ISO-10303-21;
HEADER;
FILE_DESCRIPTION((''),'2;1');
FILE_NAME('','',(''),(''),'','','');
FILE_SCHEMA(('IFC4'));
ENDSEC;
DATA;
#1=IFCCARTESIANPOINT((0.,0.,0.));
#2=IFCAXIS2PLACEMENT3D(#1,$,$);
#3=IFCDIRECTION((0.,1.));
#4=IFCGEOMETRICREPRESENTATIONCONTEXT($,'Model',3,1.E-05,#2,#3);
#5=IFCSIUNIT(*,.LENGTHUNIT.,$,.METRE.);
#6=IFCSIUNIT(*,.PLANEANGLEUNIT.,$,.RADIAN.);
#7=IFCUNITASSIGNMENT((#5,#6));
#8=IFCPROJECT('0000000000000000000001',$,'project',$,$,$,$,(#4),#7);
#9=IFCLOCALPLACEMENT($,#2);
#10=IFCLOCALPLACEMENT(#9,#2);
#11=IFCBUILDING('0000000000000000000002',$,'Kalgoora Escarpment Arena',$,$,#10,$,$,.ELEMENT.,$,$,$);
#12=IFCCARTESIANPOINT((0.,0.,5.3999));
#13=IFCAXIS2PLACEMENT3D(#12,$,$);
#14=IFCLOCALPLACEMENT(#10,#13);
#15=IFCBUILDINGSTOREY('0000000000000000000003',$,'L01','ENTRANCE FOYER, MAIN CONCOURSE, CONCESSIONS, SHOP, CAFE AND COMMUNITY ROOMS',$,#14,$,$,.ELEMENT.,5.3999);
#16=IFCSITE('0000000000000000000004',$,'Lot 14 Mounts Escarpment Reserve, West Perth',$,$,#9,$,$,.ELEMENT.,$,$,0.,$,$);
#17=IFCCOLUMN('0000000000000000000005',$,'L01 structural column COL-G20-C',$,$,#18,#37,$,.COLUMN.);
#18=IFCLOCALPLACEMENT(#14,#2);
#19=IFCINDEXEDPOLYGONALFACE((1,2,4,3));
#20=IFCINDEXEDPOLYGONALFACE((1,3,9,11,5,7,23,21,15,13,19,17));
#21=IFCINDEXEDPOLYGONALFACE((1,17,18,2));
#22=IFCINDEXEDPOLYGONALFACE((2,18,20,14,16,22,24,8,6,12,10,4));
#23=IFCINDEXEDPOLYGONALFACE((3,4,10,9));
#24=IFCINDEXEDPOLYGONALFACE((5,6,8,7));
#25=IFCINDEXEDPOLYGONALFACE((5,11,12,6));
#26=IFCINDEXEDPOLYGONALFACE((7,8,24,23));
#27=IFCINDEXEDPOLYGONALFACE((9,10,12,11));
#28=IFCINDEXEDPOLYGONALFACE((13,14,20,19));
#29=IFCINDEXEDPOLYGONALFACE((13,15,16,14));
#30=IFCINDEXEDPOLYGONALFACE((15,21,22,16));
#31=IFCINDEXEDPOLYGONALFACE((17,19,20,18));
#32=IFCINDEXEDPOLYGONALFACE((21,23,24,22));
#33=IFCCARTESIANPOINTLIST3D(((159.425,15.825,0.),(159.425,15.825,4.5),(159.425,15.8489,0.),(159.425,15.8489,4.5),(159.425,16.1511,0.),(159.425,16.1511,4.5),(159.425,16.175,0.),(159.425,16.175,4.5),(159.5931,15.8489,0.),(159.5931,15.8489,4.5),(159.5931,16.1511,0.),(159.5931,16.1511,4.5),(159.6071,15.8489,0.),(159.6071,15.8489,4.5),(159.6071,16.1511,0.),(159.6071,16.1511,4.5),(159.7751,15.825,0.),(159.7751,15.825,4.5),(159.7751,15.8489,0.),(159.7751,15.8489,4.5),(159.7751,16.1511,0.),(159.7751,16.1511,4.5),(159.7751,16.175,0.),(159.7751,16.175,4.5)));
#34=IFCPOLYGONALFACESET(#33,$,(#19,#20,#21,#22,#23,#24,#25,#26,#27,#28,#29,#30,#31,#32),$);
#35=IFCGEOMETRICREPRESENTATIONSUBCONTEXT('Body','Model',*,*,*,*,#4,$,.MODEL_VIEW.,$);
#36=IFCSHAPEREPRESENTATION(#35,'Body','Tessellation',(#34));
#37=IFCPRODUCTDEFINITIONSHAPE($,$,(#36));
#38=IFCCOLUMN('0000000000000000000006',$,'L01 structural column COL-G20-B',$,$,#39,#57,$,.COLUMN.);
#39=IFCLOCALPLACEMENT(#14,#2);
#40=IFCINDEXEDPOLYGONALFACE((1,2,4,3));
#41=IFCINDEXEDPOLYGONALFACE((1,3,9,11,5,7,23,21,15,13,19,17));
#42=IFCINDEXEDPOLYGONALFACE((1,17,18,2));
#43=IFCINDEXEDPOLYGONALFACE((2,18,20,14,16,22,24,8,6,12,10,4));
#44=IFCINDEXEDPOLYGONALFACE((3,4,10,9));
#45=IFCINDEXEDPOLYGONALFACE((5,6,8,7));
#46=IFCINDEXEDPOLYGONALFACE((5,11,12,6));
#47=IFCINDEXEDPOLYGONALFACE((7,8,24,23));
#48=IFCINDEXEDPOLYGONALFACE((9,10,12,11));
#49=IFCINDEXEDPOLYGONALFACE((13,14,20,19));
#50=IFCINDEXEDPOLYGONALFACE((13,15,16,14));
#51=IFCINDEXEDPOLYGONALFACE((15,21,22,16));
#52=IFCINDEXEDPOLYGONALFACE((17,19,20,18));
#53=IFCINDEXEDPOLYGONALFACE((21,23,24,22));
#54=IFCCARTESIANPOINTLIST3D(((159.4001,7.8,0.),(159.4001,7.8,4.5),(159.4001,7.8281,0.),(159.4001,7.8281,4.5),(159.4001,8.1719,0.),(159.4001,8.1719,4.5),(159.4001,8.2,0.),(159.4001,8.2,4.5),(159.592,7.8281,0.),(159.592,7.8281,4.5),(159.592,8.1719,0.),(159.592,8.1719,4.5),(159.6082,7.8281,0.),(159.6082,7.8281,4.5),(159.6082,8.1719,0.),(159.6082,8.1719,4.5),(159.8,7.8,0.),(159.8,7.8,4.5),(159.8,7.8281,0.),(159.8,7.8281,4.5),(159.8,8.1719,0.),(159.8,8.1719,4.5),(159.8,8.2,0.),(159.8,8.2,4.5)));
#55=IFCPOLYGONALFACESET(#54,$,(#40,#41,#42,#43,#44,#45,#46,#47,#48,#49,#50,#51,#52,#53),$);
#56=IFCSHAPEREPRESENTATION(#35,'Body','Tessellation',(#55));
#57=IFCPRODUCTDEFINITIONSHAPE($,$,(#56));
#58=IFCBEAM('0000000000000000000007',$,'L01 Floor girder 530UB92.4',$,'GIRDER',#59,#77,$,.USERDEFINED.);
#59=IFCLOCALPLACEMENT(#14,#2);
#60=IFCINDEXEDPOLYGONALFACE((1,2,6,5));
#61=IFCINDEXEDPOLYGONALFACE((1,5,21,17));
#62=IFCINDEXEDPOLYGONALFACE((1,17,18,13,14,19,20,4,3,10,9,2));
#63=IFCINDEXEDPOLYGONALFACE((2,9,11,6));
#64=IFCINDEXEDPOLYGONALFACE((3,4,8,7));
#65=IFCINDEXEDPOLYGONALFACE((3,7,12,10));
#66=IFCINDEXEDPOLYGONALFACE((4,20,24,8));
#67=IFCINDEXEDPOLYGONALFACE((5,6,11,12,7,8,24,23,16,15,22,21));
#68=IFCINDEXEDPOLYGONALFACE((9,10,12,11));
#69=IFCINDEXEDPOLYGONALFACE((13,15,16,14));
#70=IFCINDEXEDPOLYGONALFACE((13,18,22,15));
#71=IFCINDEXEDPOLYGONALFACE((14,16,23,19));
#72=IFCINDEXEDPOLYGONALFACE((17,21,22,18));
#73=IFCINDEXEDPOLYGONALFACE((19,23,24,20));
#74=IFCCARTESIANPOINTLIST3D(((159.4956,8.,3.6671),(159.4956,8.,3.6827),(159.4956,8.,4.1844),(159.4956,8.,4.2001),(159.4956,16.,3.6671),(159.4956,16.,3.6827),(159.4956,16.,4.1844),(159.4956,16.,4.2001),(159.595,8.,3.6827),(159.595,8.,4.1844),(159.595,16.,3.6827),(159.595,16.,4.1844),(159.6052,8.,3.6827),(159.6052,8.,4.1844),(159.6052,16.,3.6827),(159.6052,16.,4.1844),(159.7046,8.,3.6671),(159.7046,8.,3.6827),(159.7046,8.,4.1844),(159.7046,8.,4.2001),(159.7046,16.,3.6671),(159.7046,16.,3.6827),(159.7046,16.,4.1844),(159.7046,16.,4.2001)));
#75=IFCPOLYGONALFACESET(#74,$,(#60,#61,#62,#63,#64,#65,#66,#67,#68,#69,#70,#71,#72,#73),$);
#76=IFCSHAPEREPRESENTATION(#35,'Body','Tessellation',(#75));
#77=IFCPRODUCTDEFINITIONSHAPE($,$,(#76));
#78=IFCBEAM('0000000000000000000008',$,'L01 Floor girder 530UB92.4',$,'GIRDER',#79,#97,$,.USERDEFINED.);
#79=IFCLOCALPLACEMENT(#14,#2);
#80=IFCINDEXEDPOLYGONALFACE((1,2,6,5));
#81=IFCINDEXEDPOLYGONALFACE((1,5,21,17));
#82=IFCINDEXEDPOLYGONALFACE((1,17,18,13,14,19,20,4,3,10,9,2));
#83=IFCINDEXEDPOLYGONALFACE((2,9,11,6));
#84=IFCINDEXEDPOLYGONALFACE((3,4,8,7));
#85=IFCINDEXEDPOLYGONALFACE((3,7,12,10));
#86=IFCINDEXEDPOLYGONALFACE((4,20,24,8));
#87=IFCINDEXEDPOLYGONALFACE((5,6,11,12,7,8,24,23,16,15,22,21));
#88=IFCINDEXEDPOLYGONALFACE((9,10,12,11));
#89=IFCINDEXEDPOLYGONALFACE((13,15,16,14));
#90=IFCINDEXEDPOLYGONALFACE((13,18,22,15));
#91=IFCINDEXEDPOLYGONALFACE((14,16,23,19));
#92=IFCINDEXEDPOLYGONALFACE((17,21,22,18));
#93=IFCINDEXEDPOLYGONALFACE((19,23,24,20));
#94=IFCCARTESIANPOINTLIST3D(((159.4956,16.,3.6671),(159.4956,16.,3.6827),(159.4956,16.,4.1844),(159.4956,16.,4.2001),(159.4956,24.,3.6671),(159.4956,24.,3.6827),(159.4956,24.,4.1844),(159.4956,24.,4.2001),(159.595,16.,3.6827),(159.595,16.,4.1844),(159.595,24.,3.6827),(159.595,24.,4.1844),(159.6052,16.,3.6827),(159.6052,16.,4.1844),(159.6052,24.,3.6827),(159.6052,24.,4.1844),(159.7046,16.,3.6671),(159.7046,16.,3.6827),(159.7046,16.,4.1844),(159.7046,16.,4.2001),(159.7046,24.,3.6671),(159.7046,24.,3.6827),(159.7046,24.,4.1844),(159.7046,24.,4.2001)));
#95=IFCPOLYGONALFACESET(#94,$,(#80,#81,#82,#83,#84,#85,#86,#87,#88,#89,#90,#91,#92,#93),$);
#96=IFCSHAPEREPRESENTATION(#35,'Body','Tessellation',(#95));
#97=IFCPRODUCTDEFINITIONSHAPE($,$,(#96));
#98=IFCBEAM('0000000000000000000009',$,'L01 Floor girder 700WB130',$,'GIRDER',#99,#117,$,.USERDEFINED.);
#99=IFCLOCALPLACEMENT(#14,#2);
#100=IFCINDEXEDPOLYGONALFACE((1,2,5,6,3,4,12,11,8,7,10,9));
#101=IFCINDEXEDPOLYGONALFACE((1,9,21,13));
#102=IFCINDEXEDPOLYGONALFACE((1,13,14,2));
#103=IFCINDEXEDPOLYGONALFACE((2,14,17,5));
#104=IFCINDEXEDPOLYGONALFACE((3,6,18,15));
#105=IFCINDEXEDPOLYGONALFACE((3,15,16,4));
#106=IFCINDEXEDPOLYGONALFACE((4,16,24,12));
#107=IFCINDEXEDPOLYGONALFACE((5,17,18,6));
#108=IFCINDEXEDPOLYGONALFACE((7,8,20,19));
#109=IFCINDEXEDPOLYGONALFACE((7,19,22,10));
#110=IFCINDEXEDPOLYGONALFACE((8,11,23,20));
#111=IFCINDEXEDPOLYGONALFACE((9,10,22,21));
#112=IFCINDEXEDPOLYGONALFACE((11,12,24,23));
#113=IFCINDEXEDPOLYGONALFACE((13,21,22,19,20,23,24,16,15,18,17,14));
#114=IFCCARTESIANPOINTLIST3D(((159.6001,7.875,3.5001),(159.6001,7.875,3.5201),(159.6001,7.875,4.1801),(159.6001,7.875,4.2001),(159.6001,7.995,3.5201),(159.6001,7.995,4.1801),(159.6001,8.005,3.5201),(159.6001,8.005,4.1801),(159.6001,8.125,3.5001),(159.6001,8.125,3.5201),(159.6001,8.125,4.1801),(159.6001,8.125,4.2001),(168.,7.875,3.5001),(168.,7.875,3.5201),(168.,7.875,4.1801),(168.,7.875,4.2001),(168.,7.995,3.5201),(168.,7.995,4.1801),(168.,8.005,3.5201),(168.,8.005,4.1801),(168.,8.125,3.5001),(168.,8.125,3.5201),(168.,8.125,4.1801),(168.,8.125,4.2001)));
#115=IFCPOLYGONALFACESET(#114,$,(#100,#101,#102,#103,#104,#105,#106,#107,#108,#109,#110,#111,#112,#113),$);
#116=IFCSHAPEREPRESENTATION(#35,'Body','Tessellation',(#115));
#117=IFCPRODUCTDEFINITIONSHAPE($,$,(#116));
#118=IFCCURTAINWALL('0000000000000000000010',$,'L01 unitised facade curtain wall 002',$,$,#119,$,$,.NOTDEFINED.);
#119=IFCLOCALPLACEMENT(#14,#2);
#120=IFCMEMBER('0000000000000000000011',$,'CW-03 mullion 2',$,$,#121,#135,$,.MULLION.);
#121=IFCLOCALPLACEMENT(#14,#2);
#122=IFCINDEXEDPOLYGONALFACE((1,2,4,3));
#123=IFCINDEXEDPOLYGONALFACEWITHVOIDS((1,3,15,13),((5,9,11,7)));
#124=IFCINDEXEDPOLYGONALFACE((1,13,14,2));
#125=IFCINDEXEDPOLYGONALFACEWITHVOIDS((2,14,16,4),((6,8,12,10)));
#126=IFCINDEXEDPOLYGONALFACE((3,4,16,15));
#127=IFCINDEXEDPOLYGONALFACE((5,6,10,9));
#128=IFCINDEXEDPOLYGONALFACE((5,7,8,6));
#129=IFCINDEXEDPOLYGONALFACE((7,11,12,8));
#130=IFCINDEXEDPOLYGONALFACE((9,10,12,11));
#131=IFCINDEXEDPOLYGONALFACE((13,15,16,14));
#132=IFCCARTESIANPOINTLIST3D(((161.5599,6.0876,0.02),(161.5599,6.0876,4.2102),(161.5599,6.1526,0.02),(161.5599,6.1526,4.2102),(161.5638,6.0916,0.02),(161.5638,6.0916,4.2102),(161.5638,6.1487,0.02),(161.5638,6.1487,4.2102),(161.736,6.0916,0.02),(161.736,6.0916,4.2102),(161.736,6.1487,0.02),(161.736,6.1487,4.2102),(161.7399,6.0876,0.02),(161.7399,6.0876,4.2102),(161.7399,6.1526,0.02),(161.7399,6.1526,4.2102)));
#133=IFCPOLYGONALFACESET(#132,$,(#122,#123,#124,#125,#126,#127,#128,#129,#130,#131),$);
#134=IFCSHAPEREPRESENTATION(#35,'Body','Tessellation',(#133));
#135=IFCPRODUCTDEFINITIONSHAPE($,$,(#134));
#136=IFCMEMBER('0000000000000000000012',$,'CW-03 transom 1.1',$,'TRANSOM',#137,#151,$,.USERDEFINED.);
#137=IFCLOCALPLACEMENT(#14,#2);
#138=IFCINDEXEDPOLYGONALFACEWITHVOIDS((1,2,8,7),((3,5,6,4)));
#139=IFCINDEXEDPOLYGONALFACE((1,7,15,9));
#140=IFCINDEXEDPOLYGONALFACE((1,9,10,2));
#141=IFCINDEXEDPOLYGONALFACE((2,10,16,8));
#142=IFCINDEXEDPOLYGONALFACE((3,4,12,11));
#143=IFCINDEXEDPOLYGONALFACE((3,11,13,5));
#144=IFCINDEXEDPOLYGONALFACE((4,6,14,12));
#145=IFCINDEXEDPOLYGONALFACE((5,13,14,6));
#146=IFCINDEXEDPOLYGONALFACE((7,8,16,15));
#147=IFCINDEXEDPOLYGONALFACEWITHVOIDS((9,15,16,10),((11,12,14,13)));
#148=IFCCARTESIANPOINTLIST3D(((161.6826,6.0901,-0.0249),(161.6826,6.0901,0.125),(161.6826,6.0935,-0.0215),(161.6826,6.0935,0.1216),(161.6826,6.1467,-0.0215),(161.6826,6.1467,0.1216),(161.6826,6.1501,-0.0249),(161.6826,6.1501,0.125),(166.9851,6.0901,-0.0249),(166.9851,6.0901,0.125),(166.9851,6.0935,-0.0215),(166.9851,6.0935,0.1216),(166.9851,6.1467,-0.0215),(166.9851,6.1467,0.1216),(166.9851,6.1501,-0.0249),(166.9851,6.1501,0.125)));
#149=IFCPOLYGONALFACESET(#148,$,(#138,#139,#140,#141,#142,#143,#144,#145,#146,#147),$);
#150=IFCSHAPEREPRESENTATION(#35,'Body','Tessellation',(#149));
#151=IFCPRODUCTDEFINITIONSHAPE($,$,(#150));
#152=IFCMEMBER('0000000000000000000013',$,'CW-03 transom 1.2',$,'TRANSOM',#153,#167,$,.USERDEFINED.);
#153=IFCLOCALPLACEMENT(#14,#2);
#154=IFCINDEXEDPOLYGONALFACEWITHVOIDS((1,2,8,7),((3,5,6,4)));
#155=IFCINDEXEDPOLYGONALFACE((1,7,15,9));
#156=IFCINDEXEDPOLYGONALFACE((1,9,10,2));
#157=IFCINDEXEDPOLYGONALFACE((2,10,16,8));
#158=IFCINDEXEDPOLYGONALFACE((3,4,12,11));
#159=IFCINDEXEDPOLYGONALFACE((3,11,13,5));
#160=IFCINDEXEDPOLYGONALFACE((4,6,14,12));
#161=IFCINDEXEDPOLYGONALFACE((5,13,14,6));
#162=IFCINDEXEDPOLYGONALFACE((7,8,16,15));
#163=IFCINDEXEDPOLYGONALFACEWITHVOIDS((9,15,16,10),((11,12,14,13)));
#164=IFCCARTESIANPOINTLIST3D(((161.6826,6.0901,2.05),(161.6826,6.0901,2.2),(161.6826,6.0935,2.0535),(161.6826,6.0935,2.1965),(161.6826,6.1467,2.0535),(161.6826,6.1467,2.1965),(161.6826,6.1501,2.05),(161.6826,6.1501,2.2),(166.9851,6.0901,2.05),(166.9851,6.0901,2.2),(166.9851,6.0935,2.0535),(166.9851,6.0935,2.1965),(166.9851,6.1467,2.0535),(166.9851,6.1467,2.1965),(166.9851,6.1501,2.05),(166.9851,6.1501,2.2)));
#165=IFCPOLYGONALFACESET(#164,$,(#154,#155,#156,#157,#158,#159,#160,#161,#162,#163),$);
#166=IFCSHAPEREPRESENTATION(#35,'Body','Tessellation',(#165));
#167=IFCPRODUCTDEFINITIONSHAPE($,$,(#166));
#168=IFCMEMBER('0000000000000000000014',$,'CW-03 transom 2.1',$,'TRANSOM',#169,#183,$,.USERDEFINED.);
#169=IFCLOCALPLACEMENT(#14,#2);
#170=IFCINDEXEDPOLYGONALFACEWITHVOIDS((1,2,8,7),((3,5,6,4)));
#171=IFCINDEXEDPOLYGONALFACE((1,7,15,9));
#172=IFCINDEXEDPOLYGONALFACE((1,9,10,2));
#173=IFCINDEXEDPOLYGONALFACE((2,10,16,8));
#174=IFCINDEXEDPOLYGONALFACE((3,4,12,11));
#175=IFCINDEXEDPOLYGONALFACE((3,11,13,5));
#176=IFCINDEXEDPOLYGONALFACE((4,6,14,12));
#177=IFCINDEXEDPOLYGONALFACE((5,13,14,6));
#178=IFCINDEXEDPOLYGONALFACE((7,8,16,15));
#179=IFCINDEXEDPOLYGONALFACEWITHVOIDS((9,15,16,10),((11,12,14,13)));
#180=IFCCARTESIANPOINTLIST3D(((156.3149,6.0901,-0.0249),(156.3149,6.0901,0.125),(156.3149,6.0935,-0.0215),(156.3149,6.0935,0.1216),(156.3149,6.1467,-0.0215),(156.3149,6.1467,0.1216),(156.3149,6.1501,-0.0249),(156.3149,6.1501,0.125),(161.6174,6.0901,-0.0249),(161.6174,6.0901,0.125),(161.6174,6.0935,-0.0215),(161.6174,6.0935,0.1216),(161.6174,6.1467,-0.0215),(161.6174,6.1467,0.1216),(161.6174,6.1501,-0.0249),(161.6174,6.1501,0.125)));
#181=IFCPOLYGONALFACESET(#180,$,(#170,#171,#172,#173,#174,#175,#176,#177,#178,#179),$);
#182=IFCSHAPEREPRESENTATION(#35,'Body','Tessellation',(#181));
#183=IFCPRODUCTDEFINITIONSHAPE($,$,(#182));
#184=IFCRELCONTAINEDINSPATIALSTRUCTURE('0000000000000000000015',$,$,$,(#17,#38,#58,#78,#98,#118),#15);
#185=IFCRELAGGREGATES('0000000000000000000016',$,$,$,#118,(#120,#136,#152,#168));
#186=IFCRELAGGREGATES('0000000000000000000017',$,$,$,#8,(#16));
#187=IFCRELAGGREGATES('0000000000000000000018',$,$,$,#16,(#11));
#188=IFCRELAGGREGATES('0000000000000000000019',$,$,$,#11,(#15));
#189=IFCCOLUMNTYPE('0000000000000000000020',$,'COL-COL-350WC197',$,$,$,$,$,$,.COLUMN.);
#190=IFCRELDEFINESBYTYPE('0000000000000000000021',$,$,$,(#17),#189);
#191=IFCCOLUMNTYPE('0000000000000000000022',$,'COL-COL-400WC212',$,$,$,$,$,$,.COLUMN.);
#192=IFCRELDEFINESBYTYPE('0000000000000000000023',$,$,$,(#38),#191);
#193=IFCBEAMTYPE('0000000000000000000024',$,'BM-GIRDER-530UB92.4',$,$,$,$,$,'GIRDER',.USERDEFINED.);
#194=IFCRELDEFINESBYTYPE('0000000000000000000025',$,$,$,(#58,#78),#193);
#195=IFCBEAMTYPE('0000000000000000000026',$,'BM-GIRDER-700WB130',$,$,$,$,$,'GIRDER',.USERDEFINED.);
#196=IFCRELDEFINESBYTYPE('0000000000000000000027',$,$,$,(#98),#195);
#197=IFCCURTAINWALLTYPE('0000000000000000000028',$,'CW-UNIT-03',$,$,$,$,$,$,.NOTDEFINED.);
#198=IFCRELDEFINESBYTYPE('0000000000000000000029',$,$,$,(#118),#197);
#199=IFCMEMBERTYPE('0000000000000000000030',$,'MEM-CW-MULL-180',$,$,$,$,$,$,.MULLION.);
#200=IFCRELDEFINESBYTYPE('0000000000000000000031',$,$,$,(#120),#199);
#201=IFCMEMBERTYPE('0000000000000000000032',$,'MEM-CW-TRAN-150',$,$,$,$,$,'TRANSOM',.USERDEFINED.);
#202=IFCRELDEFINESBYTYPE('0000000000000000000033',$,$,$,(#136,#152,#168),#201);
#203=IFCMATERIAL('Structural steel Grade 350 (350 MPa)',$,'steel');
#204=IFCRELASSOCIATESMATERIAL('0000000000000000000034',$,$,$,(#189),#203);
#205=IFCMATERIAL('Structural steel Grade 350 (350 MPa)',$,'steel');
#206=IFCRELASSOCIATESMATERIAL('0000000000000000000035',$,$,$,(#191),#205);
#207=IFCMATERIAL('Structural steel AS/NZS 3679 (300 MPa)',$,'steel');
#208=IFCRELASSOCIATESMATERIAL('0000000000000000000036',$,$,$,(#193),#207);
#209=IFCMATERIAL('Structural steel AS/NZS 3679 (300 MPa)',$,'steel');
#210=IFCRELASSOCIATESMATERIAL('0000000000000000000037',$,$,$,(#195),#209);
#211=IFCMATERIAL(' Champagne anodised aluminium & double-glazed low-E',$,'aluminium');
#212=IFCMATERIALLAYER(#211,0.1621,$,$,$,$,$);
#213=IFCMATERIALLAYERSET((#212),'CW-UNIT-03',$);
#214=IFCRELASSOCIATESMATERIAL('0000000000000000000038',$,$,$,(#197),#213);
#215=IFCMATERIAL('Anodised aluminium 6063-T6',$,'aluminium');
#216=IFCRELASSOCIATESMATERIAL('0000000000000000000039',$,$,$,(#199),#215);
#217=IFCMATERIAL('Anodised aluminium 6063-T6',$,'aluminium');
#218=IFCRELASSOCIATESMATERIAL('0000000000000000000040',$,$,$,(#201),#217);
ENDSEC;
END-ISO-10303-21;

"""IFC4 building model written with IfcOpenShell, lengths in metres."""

from ifc_helpers import new_model, si_unit, direction, frame, origin, origin_2d, place, context, subcontext, project, spatial, hollow_rectangle, i_section, extrude, material, layer, layer_set, material_profile, profile_set, type_object, element, aggregate, save


model = new_model("IFC4")

# Units and contexts
model_context = context("Model", 3, precision=1e-05, world=origin(), true_north=direction((0.0, 1.0)))
body_context = subcontext(model_context, "Body", "Model", "MODEL_VIEW")
ifc_project = project(units=[si_unit("LENGTHUNIT", "METRE"), si_unit("PLANEANGLEUNIT", "RADIAN")], contexts=[model_context])

# Site, building, storey
site_placement = place(None, origin())
site = spatial("IfcSite", under=ifc_project, at=site_placement, Name="Lot 14 Mounts Escarpment Reserve, West Perth", CompositionType="ELEMENT", RefElevation=0.0)
building_placement = place(site_placement, origin())
building = spatial("IfcBuilding", under=site, at=building_placement, Name="Kalgoora Escarpment Arena", CompositionType="ELEMENT")
storey_placement = place(building_placement, frame((0.0, 0.0, 5.3999)))
storey = spatial("IfcBuildingStorey", under=building, at=storey_placement, Name="L01", Description="ENTRANCE FOYER, MAIN CONCOURSE, CONCESSIONS, SHOP, CAFE AND COMMUNITY ROOMS", CompositionType="ELEMENT", Elevation=5.3999)

# Columns
ifc_material_1 = material(Name="Structural steel Grade 350 (350 MPa)", Category="steel")
ifc_material_profile_1 = material_profile(ifc_material_1, i_section(OverallWidth=0.3501, OverallDepth=0.3501, WebThickness=0.0139, FlangeThickness=0.0239, at=origin_2d()))
ifc_profile_set_1 = profile_set([ifc_material_profile_1], Name="Structural steel Grade 350 (350 MPa)")
column_type_1 = type_object("IfcColumnType", Name="COL-COL-350WC197", PredefinedType="COLUMN", material=ifc_profile_set_1)
column_1_placement = place(storey_placement, frame((159.6001, 16.0, 0.0), z_axis=(0.0, 0.0, 1.0), x_axis=(1.0, 0.0, 0.0)))
element("IfcColumn", 1, at=column_1_placement, inside=storey, type_object=column_type_1, Name="L01 structural column COL-G20-C", PredefinedType="COLUMN", context=body_context, shape_type="SweptSolid", body=[
    extrude(i_section(OverallWidth=0.3501, OverallDepth=0.3501, WebThickness=0.0139, FlangeThickness=0.0239, at=origin_2d()), origin(), (0.0, 0.0, 1.0), 4.5),
])
ifc_material_2 = material(Name="Structural steel Grade 350 (350 MPa)", Category="steel")
ifc_material_profile_2 = material_profile(ifc_material_2, i_section(OverallWidth=0.3999, OverallDepth=0.3999, WebThickness=0.0161, FlangeThickness=0.0281, at=origin_2d()))
ifc_profile_set_2 = profile_set([ifc_material_profile_2], Name="Structural steel Grade 350 (350 MPa)")
column_type_2 = type_object("IfcColumnType", Name="COL-COL-400WC212", PredefinedType="COLUMN", material=ifc_profile_set_2)
column_2_placement = place(storey_placement, frame((159.6001, 8.0, 0.0), z_axis=(0.0, 0.0, 1.0), x_axis=(1.0, 0.0, 0.0)))
element("IfcColumn", 2, at=column_2_placement, inside=storey, type_object=column_type_2, Name="L01 structural column COL-G20-B", PredefinedType="COLUMN", context=body_context, shape_type="SweptSolid", body=[
    extrude(i_section(OverallWidth=0.3999, OverallDepth=0.3999, WebThickness=0.0161, FlangeThickness=0.0281, at=origin_2d()), origin(), (0.0, 0.0, 1.0), 4.5),
])

# Beams
ifc_material_3 = material(Name="Structural steel AS/NZS 3679 (300 MPa)", Category="steel")
ifc_material_profile_3 = material_profile(ifc_material_3, i_section(OverallWidth=0.209, OverallDepth=0.533, WebThickness=0.0103, FlangeThickness=0.0156, at=origin_2d()))
ifc_profile_set_3 = profile_set([ifc_material_profile_3], Name="Structural steel AS/NZS 3679 (300 MPa)")
beam_type_1 = type_object("IfcBeamType", Name="BM-GIRDER-530UB92.4", ElementType="GIRDER", PredefinedType="USERDEFINED", material=ifc_profile_set_3)
for number, where, z_axis, x_axis, name in (
    (3, (159.6001, 8.0, 3.9336), (0.0, 1.0, 0.0), (-1.0, 0.0, 0.0), "L01 Floor girder 530UB92.4"),
    (4, (159.6001, 16.0, 3.9336), (0.0, 1.0, 0.0), (-1.0, 0.0, 0.0), "L01 Floor girder 530UB92.4"),
):
    element("IfcBeam", number, at=place(storey_placement, frame(where, z_axis=z_axis, x_axis=x_axis)), inside=storey, type_object=beam_type_1, Name=name, ObjectType="GIRDER", PredefinedType="USERDEFINED", context=body_context, shape_type="SweptSolid", body=[
        extrude(i_section(OverallWidth=0.209, OverallDepth=0.533, WebThickness=0.0103, FlangeThickness=0.0156, at=origin_2d()), origin(), (0.0, 0.0, 1.0), 8.0),
    ])
ifc_material_4 = material(Name="Structural steel AS/NZS 3679 (300 MPa)", Category="steel")
ifc_material_profile_4 = material_profile(ifc_material_4, i_section(OverallWidth=0.25, OverallDepth=0.7, WebThickness=0.01, FlangeThickness=0.02, at=origin_2d()))
ifc_profile_set_4 = profile_set([ifc_material_profile_4], Name="Structural steel AS/NZS 3679 (300 MPa)")
beam_type_2 = type_object("IfcBeamType", Name="BM-GIRDER-700WB130", ElementType="GIRDER", PredefinedType="USERDEFINED", material=ifc_profile_set_4)
beam_placement = place(storey_placement, frame((159.6001, 8.0, 3.8501), z_axis=(1.0, 0.0, 0.0), x_axis=(0.0, 1.0, 0.0)))
element("IfcBeam", 5, at=beam_placement, inside=storey, type_object=beam_type_2, Name="L01 Floor girder 700WB130", ObjectType="GIRDER", PredefinedType="USERDEFINED", context=body_context, shape_type="SweptSolid", body=[
    extrude(i_section(OverallWidth=0.25, OverallDepth=0.7, WebThickness=0.01, FlangeThickness=0.02, at=origin_2d()), origin(), (0.0, 0.0, 1.0), 8.3999),
])

# Curtain wall, members
ifc_material_5 = material(Name=" Champagne anodised aluminium & double-glazed low-E", Category="aluminium")
ifc_layer_1 = layer(ifc_material_5, 0.1621)
ifc_layer_set_1 = layer_set([ifc_layer_1], Name="CW-UNIT-03")
curtain_wall_type = type_object("IfcCurtainWallType", Name="CW-UNIT-03", PredefinedType="NOTDEFINED", material=ifc_layer_set_1)
curtain_wall_placement = place(storey_placement, origin())
curtain_wall = element("IfcCurtainWall", 6, at=curtain_wall_placement, inside=storey, type_object=curtain_wall_type, Name="L01 unitised facade curtain wall 002", PredefinedType="NOTDEFINED")
ifc_material_6 = material(Name="Anodised aluminium 6063-T6", Category="aluminium")
ifc_material_profile_5 = material_profile(ifc_material_6, hollow_rectangle(XDim=0.0649, YDim=0.1799, WallThickness=0.0039, at=origin_2d()))
ifc_profile_set_5 = profile_set([ifc_material_profile_5], Name="Anodised aluminium 6063-T6")
member_type_1 = type_object("IfcMemberType", Name="MEM-CW-MULL-180", PredefinedType="MULLION", material=ifc_profile_set_5)
member_1_placement = place(storey_placement, frame((161.6499, 6.1201, 0.02), z_axis=(0.0, 0.0, 1.0), x_axis=(0.0, -1.0, 0.0)))
member_1 = element("IfcMember", 7, at=member_1_placement, type_object=member_type_1, Name="CW-03 mullion 2", PredefinedType="MULLION", context=body_context, shape_type="SweptSolid", body=[
    extrude(hollow_rectangle(XDim=0.0649, YDim=0.1799, WallThickness=0.0039, at=origin_2d()), origin(), (0.0, 0.0, 1.0), 4.1902),
])
ifc_material_7 = material(Name="Anodised aluminium 6063-T6", Category="aluminium")
ifc_material_profile_6 = material_profile(ifc_material_7, hollow_rectangle(XDim=0.0601, YDim=0.1499, WallThickness=0.0034, at=origin_2d()))
ifc_profile_set_6 = profile_set([ifc_material_profile_6], Name="Anodised aluminium 6063-T6")
member_type_2 = type_object("IfcMemberType", Name="MEM-CW-TRAN-150", ElementType="TRANSOM", PredefinedType="USERDEFINED", material=ifc_profile_set_6)
member_2_placement = place(storey_placement, frame((166.9851, 6.1201, 0.05), z_axis=(-1.0, 0.0, 0.0), x_axis=(0.0, -1.0, 0.0)))
member_2 = element("IfcMember", 8, at=member_2_placement, type_object=member_type_2, Name="CW-03 transom 1.1", ObjectType="TRANSOM", PredefinedType="USERDEFINED", context=body_context, shape_type="SweptSolid", body=[
    extrude(hollow_rectangle(XDim=0.0601, YDim=0.1499, WallThickness=0.0034, at=origin_2d()), origin(), (0.0, 0.0, 1.0), 5.3025),
])
member_3_placement = place(storey_placement, frame((166.9851, 6.1201, 2.125), z_axis=(-1.0, 0.0, 0.0), x_axis=(0.0, -1.0, 0.0)))
member_3 = element("IfcMember", 9, at=member_3_placement, type_object=member_type_2, Name="CW-03 transom 1.2", ObjectType="TRANSOM", PredefinedType="USERDEFINED", context=body_context, shape_type="SweptSolid", body=[
    extrude(hollow_rectangle(XDim=0.0601, YDim=0.1499, WallThickness=0.0034, at=origin_2d()), origin(), (0.0, 0.0, 1.0), 5.3025),
])
member_4_placement = place(storey_placement, frame((161.6174, 6.1201, 0.05), z_axis=(-1.0, 0.0, 0.0), x_axis=(0.0, -1.0, 0.0)))
member_4 = element("IfcMember", 10, at=member_4_placement, type_object=member_type_2, Name="CW-03 transom 2.1", ObjectType="TRANSOM", PredefinedType="USERDEFINED", context=body_context, shape_type="SweptSolid", body=[
    extrude(hollow_rectangle(XDim=0.0601, YDim=0.1499, WallThickness=0.0034, at=origin_2d()), origin(), (0.0, 0.0, 1.0), 5.3025),
])

aggregate(curtain_wall, [member_1, member_2, member_3, member_4])

save(model, "model.ifc")
